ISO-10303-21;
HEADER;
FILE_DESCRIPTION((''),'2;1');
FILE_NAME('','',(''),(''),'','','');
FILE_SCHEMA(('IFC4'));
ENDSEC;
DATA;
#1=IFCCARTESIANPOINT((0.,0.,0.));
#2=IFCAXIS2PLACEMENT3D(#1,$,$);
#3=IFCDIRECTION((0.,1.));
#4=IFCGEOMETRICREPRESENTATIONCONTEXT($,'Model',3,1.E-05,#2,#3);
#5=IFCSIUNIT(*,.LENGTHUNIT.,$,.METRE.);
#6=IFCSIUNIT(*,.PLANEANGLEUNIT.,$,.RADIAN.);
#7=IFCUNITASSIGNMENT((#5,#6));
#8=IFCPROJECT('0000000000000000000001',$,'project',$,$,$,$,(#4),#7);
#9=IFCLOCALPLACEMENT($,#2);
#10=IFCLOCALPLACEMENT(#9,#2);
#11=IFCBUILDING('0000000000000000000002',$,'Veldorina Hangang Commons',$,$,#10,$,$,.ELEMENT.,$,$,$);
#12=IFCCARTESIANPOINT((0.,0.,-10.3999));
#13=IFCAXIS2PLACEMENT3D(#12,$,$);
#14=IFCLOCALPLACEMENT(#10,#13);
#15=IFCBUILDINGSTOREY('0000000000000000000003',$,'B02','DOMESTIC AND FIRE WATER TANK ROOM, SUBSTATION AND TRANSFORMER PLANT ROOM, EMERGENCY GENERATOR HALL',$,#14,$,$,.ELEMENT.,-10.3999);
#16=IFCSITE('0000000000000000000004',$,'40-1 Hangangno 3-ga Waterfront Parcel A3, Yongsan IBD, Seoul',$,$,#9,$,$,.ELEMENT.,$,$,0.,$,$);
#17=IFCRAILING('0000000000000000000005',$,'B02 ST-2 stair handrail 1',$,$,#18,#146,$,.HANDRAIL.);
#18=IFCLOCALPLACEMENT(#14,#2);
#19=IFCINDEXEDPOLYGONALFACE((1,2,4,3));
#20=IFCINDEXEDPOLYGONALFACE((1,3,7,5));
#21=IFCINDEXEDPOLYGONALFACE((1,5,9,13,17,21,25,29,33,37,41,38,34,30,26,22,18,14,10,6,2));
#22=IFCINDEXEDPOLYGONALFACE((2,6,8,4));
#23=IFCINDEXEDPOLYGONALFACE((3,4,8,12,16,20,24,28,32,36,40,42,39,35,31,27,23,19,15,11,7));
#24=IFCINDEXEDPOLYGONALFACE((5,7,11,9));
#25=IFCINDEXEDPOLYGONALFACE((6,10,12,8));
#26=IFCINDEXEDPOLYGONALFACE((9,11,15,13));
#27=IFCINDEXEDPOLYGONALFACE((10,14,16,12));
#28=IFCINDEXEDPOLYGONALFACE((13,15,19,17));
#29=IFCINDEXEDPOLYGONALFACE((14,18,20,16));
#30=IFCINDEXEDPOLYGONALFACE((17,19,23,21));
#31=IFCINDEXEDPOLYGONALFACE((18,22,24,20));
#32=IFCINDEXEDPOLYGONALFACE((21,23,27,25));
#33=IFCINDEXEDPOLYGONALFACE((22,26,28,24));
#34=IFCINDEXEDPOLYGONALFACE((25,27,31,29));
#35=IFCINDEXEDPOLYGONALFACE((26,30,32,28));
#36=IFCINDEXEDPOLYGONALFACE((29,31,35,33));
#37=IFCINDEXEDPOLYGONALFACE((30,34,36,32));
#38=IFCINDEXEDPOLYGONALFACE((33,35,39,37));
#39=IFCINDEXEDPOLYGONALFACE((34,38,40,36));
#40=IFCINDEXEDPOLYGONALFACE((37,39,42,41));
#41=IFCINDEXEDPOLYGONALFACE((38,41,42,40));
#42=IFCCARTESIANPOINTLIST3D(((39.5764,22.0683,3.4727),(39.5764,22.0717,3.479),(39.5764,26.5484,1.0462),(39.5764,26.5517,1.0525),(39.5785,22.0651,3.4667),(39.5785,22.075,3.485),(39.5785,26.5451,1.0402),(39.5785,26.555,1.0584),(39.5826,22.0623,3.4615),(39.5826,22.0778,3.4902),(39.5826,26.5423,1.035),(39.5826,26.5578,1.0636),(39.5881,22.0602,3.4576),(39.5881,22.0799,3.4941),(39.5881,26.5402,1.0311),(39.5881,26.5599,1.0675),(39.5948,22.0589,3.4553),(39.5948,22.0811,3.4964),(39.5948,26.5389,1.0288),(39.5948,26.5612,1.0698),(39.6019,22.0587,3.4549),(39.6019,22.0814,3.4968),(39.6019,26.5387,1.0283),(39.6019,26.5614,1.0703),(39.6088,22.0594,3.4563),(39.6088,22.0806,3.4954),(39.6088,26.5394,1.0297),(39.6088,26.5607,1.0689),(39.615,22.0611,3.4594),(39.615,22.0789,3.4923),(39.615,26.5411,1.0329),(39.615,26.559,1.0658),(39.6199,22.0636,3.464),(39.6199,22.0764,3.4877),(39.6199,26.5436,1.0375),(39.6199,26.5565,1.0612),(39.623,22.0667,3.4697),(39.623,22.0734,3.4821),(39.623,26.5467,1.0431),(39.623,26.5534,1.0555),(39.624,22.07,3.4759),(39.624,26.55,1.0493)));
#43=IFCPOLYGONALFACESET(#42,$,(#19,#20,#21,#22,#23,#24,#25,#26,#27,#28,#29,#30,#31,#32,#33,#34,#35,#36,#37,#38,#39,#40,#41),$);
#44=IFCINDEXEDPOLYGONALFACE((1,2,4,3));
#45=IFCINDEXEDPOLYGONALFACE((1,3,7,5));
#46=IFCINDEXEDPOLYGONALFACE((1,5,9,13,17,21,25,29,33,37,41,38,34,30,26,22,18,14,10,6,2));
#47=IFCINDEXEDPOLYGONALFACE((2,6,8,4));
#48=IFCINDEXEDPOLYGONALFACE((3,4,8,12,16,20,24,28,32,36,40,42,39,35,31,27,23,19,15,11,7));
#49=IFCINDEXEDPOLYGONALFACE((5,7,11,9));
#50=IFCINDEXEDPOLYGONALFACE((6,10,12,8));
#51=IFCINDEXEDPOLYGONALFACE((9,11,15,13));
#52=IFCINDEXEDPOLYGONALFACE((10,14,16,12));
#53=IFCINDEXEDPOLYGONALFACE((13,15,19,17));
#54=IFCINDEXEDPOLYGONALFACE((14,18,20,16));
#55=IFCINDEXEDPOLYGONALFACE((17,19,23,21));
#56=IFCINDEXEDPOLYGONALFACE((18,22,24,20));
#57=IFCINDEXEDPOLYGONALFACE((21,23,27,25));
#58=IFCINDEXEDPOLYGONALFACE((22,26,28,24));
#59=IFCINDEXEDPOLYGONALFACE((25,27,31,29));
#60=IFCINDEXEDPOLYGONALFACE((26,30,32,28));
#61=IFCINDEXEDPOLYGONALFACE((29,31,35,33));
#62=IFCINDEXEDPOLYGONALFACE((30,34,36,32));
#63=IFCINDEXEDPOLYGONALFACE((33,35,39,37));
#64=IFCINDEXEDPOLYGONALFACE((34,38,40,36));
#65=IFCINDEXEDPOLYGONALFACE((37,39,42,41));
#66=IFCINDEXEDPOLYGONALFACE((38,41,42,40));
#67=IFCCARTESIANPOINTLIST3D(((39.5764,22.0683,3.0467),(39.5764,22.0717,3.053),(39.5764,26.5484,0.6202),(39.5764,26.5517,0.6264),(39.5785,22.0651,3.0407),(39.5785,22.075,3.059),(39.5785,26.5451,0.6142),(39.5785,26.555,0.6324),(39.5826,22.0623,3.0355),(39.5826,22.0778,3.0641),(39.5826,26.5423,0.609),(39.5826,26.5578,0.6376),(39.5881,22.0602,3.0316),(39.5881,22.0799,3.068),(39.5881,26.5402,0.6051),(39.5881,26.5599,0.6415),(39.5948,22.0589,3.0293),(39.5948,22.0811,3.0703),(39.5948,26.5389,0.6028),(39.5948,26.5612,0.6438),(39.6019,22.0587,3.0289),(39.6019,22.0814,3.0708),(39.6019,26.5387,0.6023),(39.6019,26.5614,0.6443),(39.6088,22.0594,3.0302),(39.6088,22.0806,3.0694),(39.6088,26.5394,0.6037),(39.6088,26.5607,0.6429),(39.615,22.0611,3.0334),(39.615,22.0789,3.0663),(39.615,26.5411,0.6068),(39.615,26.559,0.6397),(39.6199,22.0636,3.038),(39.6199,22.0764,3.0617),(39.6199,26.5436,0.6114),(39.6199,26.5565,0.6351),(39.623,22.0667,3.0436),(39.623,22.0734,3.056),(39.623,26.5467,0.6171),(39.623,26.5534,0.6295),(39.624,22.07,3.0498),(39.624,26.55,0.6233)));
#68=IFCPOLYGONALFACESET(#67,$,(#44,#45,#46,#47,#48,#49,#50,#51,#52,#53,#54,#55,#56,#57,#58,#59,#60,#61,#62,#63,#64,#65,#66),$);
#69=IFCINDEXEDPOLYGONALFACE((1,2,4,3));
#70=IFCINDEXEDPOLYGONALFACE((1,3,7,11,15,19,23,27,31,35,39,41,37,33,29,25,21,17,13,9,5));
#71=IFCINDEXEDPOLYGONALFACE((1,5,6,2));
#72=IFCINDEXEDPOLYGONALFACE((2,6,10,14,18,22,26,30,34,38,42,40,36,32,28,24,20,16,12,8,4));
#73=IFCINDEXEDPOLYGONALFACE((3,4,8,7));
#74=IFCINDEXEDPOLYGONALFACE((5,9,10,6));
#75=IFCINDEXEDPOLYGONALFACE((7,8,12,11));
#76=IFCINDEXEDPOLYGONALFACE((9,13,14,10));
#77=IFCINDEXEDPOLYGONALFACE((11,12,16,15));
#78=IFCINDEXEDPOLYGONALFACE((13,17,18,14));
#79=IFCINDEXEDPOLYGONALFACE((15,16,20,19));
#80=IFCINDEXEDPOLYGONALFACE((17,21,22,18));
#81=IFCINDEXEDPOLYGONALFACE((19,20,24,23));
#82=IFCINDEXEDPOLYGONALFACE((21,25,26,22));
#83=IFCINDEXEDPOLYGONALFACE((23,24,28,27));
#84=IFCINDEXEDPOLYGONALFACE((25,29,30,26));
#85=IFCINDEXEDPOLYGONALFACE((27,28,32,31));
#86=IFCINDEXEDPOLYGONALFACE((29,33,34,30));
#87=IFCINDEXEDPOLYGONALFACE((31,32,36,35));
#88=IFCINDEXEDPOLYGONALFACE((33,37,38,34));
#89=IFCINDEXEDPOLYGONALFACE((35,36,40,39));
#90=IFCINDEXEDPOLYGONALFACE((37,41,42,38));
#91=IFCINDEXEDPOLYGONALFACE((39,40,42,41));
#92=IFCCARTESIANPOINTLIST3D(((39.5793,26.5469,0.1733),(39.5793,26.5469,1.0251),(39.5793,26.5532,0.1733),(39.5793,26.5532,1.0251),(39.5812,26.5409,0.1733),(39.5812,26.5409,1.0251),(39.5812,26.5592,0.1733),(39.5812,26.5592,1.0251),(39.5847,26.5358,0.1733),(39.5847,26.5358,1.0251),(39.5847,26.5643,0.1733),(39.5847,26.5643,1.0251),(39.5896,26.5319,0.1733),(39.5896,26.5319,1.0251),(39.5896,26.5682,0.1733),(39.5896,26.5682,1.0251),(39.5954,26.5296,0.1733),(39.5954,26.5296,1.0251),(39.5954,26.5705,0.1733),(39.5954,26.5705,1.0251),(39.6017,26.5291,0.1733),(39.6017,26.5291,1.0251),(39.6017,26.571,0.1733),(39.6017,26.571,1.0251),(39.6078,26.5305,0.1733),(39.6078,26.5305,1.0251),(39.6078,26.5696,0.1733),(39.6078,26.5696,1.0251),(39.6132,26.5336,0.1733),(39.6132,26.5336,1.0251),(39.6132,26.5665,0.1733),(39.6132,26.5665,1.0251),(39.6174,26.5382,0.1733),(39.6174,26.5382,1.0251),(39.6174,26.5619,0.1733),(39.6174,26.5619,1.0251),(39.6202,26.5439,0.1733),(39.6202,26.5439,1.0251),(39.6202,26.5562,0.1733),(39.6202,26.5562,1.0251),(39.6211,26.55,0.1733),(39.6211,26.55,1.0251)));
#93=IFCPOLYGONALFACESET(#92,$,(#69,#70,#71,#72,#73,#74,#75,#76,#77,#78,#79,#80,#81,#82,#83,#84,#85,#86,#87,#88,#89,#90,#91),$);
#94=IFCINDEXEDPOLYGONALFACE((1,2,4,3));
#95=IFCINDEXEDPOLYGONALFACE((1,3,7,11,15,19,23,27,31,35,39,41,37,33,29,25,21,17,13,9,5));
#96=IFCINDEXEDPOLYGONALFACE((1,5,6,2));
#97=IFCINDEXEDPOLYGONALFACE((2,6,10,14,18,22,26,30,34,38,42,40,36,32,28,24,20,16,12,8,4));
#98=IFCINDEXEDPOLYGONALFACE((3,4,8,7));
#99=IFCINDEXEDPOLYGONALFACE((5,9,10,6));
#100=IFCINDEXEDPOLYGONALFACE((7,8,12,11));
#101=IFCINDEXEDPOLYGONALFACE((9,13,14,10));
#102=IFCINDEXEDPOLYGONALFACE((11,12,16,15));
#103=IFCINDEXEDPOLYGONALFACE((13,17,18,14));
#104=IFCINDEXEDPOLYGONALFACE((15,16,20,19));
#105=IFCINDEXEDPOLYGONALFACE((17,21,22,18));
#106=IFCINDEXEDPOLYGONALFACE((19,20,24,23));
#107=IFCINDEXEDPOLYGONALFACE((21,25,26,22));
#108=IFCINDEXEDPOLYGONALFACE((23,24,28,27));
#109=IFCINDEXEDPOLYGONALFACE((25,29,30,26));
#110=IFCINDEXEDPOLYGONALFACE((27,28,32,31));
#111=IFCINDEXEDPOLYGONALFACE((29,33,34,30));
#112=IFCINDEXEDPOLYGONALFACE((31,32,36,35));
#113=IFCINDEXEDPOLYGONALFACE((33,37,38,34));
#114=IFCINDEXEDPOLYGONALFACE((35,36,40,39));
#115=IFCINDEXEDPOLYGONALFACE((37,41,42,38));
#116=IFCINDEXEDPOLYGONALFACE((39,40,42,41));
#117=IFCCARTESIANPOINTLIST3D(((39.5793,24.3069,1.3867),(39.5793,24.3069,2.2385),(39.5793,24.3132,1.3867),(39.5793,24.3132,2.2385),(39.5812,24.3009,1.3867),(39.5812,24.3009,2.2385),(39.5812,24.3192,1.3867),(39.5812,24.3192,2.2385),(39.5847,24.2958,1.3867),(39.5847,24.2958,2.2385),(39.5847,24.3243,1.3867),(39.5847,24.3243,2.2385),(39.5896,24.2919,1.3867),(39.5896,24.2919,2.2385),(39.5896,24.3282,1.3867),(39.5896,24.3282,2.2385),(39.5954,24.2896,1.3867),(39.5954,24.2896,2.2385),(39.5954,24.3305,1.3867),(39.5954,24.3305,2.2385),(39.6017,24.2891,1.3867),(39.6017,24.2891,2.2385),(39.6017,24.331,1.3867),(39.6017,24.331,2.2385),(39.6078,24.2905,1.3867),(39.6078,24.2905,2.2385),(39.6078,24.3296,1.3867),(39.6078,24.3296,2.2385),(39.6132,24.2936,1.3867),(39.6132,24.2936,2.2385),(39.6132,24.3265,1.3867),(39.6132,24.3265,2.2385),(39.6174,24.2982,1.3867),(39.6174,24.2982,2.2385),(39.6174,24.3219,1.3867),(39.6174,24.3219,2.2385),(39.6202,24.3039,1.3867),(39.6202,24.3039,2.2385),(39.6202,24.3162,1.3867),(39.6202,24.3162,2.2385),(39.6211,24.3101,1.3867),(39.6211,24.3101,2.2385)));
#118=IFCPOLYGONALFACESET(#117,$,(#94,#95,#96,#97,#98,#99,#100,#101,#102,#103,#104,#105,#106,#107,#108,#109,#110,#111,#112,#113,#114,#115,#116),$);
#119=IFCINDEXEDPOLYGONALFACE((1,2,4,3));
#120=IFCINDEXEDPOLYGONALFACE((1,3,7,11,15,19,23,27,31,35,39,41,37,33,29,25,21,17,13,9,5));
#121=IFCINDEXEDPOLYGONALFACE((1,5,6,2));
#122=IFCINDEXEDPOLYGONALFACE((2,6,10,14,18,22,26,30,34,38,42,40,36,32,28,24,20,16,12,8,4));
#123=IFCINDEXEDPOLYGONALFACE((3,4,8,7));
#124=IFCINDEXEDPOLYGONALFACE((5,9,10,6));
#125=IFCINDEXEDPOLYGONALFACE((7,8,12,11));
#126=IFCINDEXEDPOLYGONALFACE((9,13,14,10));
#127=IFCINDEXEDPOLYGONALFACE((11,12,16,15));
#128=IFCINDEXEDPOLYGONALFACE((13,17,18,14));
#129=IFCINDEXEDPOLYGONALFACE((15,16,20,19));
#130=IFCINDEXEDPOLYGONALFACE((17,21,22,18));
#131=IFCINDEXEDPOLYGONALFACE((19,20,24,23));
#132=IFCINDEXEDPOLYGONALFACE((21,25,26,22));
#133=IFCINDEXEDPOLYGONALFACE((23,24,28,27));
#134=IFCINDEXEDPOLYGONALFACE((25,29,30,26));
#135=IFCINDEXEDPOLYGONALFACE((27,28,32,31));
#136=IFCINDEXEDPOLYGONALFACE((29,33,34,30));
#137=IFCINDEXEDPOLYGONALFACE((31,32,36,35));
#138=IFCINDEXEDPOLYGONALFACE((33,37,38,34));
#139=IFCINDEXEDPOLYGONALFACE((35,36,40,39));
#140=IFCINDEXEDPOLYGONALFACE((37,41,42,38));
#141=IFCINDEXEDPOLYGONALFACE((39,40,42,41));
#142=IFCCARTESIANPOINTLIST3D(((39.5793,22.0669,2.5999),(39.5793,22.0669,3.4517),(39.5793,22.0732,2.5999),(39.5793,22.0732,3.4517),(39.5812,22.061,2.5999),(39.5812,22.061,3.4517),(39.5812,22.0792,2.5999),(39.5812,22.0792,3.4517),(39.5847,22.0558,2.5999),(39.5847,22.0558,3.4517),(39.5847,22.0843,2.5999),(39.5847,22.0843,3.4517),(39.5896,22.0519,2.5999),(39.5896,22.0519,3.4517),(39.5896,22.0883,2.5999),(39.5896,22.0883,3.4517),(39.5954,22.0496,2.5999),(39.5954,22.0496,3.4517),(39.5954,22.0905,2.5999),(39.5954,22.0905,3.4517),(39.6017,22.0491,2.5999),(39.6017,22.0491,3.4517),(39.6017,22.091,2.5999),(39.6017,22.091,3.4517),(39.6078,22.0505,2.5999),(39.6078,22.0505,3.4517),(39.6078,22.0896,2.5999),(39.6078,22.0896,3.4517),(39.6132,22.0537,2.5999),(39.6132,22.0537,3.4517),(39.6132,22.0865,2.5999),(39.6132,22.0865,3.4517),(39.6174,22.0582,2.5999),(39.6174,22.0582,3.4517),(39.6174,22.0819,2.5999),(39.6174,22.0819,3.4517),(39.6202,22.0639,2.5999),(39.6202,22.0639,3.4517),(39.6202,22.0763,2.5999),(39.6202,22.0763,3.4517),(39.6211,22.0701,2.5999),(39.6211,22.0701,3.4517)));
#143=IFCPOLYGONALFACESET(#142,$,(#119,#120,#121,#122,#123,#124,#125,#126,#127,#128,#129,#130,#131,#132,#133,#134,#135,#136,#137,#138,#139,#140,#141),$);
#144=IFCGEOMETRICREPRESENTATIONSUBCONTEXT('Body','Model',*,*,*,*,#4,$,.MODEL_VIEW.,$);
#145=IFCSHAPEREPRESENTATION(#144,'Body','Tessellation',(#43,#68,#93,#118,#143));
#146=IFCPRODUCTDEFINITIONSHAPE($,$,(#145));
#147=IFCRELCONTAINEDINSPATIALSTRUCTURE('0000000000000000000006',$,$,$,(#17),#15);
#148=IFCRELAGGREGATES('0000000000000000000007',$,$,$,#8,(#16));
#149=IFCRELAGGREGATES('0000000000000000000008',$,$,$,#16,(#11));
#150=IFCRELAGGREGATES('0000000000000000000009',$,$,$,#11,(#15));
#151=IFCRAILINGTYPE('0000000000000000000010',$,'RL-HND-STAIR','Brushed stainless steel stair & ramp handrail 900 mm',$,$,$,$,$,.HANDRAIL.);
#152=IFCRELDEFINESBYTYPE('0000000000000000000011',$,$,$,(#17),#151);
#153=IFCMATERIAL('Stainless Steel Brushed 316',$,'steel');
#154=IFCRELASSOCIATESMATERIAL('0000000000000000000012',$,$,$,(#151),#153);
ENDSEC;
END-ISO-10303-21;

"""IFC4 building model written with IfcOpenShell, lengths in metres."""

from ifc_helpers import new_model, si_unit, direction, frame, origin, origin_2d, place, context, subcontext, project, spatial, circle, extrude, material, type_object, element, save


model = new_model("IFC4")

# Units and contexts
model_context = context("Model", 3, precision=1e-05, world=origin(), true_north=direction((0.0, 1.0)))
body_context = subcontext(model_context, "Body", "Model", "MODEL_VIEW")
ifc_project = project(units=[si_unit("LENGTHUNIT", "METRE"), si_unit("PLANEANGLEUNIT", "RADIAN")], contexts=[model_context])

# Site, building, storey
site_placement = place(None, origin())
site = spatial("IfcSite", under=ifc_project, at=site_placement, Name="40-1 Hangangno 3-ga Waterfront Parcel A3, Yongsan IBD, Seoul", CompositionType="ELEMENT", RefElevation=0.0)
building_placement = place(site_placement, origin())
building = spatial("IfcBuilding", under=site, at=building_placement, Name="Veldorina Hangang Commons", CompositionType="ELEMENT")
storey_placement = place(building_placement, frame((0.0, 0.0, -10.3999)))
storey = spatial("IfcBuildingStorey", under=building, at=storey_placement, Name="B02", Description="DOMESTIC AND FIRE WATER TANK ROOM, SUBSTATION AND TRANSFORMER PLANT ROOM, EMERGENCY GENERATOR HALL", CompositionType="ELEMENT", Elevation=-10.3999)

# Railing
ifc_material_1 = material(Name="Stainless Steel Brushed 316", Category="steel")
railing_type_1 = type_object("IfcRailingType", Name="RL-HND-STAIR", Description="Brushed stainless steel stair & ramp handrail 900 mm", PredefinedType="HANDRAIL", material=ifc_material_1)
railing_1_placement = place(storey_placement, frame((39.6001, 26.55, 0.1733)))
element("IfcRailing", 1, at=railing_1_placement, inside=storey, type_object=railing_type_1, Name="B02 ST-2 stair handrail 1", PredefinedType="HANDRAIL", context=body_context, shape_type="SweptSolid", body=[
    extrude(circle(Radius=0.0239, at=origin_2d()), frame((0.0, 0.0, 0.876), z_axis=(0.0, -0.879304, 0.476262), x_axis=(1.0, 0.0, 0.0)), (0.0, 0.0, 1.0), 5.095),
    extrude(circle(Radius=0.0239, at=origin_2d()), frame((0.0, 0.0, 0.45), z_axis=(0.0, -0.879304, 0.476262), x_axis=(1.0, 0.0, 0.0)), (0.0, 0.0, 1.0), 5.095),
    extrude(circle(Radius=0.021, at=origin_2d()), origin(), (0.0, 0.0, 1.0), 0.8518),
    extrude(circle(Radius=0.021, at=origin_2d()), frame((0.0, -2.24, 1.2134)), (0.0, 0.0, 1.0), 0.8518),
    extrude(circle(Radius=0.021, at=origin_2d()), frame((0.0, -4.48, 2.4265)), (0.0, 0.0, 1.0), 0.8518),
])

save(model, "model.ifc")
